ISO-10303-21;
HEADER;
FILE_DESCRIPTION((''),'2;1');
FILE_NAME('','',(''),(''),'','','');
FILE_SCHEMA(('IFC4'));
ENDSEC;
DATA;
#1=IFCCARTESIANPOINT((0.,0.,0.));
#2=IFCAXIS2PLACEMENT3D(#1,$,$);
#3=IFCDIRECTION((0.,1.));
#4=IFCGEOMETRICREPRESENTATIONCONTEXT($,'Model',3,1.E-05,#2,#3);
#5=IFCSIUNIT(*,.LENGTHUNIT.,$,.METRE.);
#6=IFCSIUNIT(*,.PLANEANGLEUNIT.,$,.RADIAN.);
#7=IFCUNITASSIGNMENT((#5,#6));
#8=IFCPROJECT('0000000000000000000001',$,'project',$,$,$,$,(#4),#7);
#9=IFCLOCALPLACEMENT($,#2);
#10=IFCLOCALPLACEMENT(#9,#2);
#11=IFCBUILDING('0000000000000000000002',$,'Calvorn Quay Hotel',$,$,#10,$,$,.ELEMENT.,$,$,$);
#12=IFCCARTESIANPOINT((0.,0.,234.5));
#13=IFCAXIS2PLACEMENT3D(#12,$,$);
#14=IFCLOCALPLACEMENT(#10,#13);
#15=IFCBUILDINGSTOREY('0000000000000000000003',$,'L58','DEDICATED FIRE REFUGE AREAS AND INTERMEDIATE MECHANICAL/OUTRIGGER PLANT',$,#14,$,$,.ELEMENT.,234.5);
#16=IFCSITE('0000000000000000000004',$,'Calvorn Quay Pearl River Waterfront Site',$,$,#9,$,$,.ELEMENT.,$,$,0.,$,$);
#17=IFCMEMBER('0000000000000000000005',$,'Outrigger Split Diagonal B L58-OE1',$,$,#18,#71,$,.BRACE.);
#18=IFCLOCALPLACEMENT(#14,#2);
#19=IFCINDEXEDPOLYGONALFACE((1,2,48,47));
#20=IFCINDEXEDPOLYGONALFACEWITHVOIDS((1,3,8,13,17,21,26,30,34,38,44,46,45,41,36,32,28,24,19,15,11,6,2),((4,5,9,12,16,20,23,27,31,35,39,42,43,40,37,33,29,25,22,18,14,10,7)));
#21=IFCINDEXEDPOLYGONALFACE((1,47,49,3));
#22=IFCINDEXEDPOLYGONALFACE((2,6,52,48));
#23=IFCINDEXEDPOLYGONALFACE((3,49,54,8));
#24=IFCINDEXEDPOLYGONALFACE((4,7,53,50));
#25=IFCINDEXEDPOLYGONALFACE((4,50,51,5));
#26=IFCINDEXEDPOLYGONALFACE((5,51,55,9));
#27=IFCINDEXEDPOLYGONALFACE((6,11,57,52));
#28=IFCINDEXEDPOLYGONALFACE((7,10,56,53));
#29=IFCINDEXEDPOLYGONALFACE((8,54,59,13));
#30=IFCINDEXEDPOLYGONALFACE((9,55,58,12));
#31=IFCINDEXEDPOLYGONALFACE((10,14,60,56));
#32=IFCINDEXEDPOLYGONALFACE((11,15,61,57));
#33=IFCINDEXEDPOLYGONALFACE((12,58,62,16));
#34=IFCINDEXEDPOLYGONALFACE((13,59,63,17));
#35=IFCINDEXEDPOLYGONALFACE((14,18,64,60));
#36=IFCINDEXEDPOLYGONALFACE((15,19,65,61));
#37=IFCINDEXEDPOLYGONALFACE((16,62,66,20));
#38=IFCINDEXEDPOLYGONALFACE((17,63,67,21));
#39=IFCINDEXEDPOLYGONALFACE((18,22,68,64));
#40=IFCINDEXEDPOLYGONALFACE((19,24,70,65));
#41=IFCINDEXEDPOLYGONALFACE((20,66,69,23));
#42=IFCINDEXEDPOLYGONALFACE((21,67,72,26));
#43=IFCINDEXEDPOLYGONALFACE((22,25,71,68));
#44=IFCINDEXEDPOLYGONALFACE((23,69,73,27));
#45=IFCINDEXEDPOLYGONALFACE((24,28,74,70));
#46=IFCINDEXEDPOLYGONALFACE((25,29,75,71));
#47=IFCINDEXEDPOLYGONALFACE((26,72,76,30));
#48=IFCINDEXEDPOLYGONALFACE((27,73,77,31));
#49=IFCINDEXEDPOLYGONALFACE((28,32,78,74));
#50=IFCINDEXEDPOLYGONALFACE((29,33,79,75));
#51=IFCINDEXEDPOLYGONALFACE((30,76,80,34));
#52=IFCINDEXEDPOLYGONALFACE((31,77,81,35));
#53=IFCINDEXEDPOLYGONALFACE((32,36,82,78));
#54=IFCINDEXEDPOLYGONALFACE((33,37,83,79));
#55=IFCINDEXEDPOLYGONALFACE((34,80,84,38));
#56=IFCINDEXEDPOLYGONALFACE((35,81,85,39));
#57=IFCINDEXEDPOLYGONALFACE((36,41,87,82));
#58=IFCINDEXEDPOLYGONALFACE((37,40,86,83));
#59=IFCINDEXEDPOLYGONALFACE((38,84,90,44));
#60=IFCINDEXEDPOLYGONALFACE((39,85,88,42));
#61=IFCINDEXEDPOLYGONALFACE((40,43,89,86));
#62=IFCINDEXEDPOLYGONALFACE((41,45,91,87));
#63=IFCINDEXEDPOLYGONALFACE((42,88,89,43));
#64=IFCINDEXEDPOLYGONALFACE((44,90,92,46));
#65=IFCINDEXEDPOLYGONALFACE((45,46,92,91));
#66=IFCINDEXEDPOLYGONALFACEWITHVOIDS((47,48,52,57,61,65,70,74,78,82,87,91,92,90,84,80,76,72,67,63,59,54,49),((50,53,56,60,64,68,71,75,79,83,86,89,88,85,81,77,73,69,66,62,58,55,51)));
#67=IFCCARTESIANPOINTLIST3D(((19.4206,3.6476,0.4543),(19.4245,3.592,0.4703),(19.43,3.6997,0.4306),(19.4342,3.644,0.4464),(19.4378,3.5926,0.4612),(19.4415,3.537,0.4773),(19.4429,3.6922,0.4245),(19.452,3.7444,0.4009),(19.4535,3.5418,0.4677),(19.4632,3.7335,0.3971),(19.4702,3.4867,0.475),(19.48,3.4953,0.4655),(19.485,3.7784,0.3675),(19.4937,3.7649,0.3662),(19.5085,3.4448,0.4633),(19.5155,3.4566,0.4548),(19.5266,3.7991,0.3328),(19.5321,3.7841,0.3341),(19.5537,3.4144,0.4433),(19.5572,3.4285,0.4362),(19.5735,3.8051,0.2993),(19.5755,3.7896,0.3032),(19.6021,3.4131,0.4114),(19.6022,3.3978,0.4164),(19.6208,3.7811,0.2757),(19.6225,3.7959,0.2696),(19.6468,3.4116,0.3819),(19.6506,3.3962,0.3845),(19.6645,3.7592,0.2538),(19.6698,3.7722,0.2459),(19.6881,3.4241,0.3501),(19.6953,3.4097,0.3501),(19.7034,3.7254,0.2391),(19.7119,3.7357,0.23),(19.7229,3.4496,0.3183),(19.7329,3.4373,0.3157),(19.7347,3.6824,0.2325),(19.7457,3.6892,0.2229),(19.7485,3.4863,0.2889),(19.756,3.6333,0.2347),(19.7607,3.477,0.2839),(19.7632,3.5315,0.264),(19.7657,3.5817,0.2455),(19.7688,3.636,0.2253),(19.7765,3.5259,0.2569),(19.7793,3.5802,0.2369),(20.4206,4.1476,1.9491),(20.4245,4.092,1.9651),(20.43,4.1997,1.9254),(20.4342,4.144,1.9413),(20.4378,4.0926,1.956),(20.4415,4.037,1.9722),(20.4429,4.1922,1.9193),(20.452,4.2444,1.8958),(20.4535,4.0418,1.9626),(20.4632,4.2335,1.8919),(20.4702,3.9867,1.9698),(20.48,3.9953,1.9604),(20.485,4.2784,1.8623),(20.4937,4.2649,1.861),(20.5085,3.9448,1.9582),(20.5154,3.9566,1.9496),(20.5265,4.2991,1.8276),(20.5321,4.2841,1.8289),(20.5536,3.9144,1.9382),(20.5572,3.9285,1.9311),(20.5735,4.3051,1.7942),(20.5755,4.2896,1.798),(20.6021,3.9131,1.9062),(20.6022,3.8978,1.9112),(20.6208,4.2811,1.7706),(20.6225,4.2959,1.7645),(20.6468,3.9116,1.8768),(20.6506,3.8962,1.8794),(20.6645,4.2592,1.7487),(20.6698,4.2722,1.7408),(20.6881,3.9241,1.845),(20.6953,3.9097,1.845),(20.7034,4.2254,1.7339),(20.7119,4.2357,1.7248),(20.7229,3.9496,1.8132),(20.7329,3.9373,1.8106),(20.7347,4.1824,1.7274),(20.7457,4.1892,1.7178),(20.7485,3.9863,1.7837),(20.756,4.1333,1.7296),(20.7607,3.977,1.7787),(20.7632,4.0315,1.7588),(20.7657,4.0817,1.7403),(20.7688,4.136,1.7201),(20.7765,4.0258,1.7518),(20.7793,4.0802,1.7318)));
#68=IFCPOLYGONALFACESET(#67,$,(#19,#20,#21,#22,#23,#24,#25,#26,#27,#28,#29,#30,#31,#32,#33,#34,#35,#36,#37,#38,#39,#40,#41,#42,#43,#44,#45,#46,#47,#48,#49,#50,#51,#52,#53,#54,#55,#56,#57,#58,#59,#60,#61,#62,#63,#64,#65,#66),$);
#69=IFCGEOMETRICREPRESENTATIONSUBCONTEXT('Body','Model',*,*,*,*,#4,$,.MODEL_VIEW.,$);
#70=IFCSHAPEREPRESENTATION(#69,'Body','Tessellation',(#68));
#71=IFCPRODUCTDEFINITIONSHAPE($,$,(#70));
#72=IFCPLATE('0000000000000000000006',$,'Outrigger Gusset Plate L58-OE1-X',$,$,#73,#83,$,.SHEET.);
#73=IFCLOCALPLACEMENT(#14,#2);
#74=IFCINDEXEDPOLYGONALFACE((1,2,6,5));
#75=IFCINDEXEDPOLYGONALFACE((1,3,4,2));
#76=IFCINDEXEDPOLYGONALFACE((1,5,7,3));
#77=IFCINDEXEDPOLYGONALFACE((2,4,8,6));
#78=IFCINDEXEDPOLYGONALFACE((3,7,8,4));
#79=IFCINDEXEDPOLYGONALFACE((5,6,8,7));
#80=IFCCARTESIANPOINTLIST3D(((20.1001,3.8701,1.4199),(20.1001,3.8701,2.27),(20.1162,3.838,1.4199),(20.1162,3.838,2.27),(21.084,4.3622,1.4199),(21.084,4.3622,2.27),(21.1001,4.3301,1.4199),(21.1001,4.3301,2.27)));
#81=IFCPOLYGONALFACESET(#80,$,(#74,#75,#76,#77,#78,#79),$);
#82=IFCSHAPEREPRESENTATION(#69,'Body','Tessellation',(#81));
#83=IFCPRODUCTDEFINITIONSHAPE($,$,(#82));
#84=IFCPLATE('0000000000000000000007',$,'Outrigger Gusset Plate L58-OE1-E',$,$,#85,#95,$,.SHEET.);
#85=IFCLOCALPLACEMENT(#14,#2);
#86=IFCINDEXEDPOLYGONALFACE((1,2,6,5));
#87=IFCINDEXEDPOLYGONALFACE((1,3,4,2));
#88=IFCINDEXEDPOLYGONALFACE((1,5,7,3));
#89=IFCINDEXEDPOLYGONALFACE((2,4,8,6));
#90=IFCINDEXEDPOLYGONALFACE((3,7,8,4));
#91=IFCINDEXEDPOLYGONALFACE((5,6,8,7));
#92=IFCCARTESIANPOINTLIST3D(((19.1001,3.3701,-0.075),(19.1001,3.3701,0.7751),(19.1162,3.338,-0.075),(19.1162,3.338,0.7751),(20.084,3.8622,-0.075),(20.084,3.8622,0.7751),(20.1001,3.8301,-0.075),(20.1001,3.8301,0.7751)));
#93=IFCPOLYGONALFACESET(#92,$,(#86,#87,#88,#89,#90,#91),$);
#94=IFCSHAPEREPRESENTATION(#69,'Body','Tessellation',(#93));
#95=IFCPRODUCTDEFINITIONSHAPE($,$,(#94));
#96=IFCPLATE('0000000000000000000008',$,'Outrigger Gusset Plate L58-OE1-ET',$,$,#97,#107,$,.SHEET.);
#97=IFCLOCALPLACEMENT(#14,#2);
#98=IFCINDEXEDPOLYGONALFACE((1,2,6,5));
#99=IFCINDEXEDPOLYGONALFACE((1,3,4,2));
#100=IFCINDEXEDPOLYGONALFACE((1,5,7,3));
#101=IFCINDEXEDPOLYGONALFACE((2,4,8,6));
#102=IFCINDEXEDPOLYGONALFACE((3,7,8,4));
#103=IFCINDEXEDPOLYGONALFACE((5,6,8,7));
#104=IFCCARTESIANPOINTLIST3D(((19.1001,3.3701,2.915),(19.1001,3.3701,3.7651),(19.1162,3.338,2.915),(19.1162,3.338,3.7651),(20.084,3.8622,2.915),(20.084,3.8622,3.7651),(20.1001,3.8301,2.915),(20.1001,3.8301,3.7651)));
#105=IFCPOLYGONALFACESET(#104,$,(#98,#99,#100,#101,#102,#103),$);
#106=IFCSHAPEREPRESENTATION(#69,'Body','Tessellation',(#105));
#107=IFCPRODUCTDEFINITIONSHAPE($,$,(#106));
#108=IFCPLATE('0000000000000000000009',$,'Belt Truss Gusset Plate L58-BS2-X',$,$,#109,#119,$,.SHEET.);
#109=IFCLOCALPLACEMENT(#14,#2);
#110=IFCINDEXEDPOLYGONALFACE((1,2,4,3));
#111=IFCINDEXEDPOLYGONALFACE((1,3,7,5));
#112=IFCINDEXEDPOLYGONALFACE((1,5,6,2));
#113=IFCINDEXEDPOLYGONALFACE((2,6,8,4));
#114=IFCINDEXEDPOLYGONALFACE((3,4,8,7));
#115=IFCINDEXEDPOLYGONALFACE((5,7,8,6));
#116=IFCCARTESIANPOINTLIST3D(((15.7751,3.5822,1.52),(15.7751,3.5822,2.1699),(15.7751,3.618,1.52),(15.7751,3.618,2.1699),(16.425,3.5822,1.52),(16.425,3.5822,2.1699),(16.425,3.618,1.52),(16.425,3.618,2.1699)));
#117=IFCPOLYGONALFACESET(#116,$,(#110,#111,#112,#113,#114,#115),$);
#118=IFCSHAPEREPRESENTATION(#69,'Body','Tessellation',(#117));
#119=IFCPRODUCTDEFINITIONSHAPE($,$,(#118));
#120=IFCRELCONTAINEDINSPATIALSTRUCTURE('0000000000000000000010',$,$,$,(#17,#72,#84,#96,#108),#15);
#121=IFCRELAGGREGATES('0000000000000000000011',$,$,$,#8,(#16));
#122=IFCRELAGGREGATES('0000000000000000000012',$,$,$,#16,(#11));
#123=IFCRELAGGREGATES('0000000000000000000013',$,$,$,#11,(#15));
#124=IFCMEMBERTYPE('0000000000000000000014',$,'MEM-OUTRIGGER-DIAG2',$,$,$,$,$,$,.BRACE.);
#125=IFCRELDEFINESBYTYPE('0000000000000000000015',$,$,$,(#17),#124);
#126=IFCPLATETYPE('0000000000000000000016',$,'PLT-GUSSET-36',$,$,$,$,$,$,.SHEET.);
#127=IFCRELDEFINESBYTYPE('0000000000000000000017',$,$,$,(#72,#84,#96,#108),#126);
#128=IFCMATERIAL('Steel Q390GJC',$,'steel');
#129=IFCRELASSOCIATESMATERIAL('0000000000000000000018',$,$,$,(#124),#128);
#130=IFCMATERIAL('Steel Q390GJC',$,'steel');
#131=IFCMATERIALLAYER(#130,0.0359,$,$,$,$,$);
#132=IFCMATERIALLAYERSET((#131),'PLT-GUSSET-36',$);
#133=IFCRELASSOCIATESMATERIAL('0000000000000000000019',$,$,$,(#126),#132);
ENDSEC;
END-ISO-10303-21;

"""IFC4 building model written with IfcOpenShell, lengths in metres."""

from ifc_helpers import new_model, si_unit, direction, frame, origin, origin_2d, place, context, subcontext, project, spatial, rectangle, hollow_circle, extrude, material, layer, layer_set, material_profile, profile_set, type_object, element, save


model = new_model("IFC4")

# Units and contexts
model_context = context("Model", 3, precision=1e-05, world=origin(), true_north=direction((0.0, 1.0)))
body_context = subcontext(model_context, "Body", "Model", "MODEL_VIEW")
ifc_project = project(units=[si_unit("LENGTHUNIT", "METRE"), si_unit("PLANEANGLEUNIT", "RADIAN")], contexts=[model_context])

# Site, building, storey
site_placement = place(None, origin())
site = spatial("IfcSite", under=ifc_project, at=site_placement, Name="Calvorn Quay Pearl River Waterfront Site", CompositionType="ELEMENT", RefElevation=0.0)
building_placement = place(site_placement, origin())
building = spatial("IfcBuilding", under=site, at=building_placement, Name="Calvorn Quay Hotel", CompositionType="ELEMENT")
storey_placement = place(building_placement, frame((0.0, 0.0, 234.5)))
storey = spatial("IfcBuildingStorey", under=building, at=storey_placement, Name="L58", Description="DEDICATED FIRE REFUGE AREAS AND INTERMEDIATE MECHANICAL/OUTRIGGER PLANT", CompositionType="ELEMENT", Elevation=234.5)

# Member
ifc_material_1 = material(Name="Steel Q390GJC", Category="steel")
ifc_material_profile_1 = material_profile(ifc_material_1, hollow_circle(Radius=0.2129, WallThickness=0.0161, at=origin_2d()), Name="CHS426x16")
ifc_profile_set_1 = profile_set([ifc_material_profile_1], Name="Steel Q390GJC")
member_type_1 = type_object("IfcMemberType", Name="MEM-OUTRIGGER-DIAG2", PredefinedType="BRACE", material=ifc_profile_set_1)
member_1_placement = place(storey_placement, frame((20.6001, 4.1001, 1.845), z_axis=(-0.535699, -0.267849, -0.800802), x_axis=(0.447214, -0.894427, 0.0)))
element("IfcMember", 1, at=member_1_placement, inside=storey, type_object=member_type_1, Name="Outrigger Split Diagonal B L58-OE1", PredefinedType="BRACE", context=body_context, shape_type="SweptSolid", body=[
    extrude(hollow_circle(Radius=0.2129, WallThickness=0.0161, at=origin_2d()), origin(), (0.0, 0.0, 1.0), 1.8667),
])

# Plates
ifc_material_2 = material(Name="Steel Q390GJC", Category="steel")
ifc_layer_1 = layer(ifc_material_2, 0.0359)
ifc_layer_set_1 = layer_set([ifc_layer_1], Name="PLT-GUSSET-36")
plate_type = type_object("IfcPlateType", Name="PLT-GUSSET-36", PredefinedType="SHEET", material=ifc_layer_set_1)
for number, where, z_axis, x_axis, name in (
    (2, (20.6001, 4.1001, 1.4199), (0.0, 0.0, 1.0), (-0.894389, -0.447291, 0.0), "Outrigger Gusset Plate L58-OE1-X"),
    (3, (19.6001, 3.6001, -0.075), (0.0, 0.0, 1.0), (-0.894389, -0.447291, 0.0), "Outrigger Gusset Plate L58-OE1-E"),
    (4, (19.6001, 3.6001, 2.915), (0.0, 0.0, 1.0), (-0.894389, -0.447291, 0.0), "Outrigger Gusset Plate L58-OE1-ET"),
):
    element("IfcPlate", number, at=place(storey_placement, frame(where, z_axis=z_axis, x_axis=x_axis)), inside=storey, type_object=plate_type, Name=name, PredefinedType="SHEET", context=body_context, shape_type="SweptSolid", body=[
        extrude(rectangle(XDim=1.1001, YDim=0.0359, at=origin_2d()), origin(), (0.0, 0.0, 1.0), 0.8501),
    ])
plate_placement = place(storey_placement, frame((16.1001, 3.6001, 1.52), z_axis=(0.0, 0.0, 1.0), x_axis=(1.0, 0.0, 0.0)))
element("IfcPlate", 5, at=plate_placement, inside=storey, type_object=plate_type, Name="Belt Truss Gusset Plate L58-BS2-X", PredefinedType="SHEET", context=body_context, shape_type="SweptSolid", body=[
    extrude(rectangle(XDim=0.6499, YDim=0.0359, at=origin_2d()), origin(), (0.0, 0.0, 1.0), 0.6499),
])

save(model, "model.ifc")
